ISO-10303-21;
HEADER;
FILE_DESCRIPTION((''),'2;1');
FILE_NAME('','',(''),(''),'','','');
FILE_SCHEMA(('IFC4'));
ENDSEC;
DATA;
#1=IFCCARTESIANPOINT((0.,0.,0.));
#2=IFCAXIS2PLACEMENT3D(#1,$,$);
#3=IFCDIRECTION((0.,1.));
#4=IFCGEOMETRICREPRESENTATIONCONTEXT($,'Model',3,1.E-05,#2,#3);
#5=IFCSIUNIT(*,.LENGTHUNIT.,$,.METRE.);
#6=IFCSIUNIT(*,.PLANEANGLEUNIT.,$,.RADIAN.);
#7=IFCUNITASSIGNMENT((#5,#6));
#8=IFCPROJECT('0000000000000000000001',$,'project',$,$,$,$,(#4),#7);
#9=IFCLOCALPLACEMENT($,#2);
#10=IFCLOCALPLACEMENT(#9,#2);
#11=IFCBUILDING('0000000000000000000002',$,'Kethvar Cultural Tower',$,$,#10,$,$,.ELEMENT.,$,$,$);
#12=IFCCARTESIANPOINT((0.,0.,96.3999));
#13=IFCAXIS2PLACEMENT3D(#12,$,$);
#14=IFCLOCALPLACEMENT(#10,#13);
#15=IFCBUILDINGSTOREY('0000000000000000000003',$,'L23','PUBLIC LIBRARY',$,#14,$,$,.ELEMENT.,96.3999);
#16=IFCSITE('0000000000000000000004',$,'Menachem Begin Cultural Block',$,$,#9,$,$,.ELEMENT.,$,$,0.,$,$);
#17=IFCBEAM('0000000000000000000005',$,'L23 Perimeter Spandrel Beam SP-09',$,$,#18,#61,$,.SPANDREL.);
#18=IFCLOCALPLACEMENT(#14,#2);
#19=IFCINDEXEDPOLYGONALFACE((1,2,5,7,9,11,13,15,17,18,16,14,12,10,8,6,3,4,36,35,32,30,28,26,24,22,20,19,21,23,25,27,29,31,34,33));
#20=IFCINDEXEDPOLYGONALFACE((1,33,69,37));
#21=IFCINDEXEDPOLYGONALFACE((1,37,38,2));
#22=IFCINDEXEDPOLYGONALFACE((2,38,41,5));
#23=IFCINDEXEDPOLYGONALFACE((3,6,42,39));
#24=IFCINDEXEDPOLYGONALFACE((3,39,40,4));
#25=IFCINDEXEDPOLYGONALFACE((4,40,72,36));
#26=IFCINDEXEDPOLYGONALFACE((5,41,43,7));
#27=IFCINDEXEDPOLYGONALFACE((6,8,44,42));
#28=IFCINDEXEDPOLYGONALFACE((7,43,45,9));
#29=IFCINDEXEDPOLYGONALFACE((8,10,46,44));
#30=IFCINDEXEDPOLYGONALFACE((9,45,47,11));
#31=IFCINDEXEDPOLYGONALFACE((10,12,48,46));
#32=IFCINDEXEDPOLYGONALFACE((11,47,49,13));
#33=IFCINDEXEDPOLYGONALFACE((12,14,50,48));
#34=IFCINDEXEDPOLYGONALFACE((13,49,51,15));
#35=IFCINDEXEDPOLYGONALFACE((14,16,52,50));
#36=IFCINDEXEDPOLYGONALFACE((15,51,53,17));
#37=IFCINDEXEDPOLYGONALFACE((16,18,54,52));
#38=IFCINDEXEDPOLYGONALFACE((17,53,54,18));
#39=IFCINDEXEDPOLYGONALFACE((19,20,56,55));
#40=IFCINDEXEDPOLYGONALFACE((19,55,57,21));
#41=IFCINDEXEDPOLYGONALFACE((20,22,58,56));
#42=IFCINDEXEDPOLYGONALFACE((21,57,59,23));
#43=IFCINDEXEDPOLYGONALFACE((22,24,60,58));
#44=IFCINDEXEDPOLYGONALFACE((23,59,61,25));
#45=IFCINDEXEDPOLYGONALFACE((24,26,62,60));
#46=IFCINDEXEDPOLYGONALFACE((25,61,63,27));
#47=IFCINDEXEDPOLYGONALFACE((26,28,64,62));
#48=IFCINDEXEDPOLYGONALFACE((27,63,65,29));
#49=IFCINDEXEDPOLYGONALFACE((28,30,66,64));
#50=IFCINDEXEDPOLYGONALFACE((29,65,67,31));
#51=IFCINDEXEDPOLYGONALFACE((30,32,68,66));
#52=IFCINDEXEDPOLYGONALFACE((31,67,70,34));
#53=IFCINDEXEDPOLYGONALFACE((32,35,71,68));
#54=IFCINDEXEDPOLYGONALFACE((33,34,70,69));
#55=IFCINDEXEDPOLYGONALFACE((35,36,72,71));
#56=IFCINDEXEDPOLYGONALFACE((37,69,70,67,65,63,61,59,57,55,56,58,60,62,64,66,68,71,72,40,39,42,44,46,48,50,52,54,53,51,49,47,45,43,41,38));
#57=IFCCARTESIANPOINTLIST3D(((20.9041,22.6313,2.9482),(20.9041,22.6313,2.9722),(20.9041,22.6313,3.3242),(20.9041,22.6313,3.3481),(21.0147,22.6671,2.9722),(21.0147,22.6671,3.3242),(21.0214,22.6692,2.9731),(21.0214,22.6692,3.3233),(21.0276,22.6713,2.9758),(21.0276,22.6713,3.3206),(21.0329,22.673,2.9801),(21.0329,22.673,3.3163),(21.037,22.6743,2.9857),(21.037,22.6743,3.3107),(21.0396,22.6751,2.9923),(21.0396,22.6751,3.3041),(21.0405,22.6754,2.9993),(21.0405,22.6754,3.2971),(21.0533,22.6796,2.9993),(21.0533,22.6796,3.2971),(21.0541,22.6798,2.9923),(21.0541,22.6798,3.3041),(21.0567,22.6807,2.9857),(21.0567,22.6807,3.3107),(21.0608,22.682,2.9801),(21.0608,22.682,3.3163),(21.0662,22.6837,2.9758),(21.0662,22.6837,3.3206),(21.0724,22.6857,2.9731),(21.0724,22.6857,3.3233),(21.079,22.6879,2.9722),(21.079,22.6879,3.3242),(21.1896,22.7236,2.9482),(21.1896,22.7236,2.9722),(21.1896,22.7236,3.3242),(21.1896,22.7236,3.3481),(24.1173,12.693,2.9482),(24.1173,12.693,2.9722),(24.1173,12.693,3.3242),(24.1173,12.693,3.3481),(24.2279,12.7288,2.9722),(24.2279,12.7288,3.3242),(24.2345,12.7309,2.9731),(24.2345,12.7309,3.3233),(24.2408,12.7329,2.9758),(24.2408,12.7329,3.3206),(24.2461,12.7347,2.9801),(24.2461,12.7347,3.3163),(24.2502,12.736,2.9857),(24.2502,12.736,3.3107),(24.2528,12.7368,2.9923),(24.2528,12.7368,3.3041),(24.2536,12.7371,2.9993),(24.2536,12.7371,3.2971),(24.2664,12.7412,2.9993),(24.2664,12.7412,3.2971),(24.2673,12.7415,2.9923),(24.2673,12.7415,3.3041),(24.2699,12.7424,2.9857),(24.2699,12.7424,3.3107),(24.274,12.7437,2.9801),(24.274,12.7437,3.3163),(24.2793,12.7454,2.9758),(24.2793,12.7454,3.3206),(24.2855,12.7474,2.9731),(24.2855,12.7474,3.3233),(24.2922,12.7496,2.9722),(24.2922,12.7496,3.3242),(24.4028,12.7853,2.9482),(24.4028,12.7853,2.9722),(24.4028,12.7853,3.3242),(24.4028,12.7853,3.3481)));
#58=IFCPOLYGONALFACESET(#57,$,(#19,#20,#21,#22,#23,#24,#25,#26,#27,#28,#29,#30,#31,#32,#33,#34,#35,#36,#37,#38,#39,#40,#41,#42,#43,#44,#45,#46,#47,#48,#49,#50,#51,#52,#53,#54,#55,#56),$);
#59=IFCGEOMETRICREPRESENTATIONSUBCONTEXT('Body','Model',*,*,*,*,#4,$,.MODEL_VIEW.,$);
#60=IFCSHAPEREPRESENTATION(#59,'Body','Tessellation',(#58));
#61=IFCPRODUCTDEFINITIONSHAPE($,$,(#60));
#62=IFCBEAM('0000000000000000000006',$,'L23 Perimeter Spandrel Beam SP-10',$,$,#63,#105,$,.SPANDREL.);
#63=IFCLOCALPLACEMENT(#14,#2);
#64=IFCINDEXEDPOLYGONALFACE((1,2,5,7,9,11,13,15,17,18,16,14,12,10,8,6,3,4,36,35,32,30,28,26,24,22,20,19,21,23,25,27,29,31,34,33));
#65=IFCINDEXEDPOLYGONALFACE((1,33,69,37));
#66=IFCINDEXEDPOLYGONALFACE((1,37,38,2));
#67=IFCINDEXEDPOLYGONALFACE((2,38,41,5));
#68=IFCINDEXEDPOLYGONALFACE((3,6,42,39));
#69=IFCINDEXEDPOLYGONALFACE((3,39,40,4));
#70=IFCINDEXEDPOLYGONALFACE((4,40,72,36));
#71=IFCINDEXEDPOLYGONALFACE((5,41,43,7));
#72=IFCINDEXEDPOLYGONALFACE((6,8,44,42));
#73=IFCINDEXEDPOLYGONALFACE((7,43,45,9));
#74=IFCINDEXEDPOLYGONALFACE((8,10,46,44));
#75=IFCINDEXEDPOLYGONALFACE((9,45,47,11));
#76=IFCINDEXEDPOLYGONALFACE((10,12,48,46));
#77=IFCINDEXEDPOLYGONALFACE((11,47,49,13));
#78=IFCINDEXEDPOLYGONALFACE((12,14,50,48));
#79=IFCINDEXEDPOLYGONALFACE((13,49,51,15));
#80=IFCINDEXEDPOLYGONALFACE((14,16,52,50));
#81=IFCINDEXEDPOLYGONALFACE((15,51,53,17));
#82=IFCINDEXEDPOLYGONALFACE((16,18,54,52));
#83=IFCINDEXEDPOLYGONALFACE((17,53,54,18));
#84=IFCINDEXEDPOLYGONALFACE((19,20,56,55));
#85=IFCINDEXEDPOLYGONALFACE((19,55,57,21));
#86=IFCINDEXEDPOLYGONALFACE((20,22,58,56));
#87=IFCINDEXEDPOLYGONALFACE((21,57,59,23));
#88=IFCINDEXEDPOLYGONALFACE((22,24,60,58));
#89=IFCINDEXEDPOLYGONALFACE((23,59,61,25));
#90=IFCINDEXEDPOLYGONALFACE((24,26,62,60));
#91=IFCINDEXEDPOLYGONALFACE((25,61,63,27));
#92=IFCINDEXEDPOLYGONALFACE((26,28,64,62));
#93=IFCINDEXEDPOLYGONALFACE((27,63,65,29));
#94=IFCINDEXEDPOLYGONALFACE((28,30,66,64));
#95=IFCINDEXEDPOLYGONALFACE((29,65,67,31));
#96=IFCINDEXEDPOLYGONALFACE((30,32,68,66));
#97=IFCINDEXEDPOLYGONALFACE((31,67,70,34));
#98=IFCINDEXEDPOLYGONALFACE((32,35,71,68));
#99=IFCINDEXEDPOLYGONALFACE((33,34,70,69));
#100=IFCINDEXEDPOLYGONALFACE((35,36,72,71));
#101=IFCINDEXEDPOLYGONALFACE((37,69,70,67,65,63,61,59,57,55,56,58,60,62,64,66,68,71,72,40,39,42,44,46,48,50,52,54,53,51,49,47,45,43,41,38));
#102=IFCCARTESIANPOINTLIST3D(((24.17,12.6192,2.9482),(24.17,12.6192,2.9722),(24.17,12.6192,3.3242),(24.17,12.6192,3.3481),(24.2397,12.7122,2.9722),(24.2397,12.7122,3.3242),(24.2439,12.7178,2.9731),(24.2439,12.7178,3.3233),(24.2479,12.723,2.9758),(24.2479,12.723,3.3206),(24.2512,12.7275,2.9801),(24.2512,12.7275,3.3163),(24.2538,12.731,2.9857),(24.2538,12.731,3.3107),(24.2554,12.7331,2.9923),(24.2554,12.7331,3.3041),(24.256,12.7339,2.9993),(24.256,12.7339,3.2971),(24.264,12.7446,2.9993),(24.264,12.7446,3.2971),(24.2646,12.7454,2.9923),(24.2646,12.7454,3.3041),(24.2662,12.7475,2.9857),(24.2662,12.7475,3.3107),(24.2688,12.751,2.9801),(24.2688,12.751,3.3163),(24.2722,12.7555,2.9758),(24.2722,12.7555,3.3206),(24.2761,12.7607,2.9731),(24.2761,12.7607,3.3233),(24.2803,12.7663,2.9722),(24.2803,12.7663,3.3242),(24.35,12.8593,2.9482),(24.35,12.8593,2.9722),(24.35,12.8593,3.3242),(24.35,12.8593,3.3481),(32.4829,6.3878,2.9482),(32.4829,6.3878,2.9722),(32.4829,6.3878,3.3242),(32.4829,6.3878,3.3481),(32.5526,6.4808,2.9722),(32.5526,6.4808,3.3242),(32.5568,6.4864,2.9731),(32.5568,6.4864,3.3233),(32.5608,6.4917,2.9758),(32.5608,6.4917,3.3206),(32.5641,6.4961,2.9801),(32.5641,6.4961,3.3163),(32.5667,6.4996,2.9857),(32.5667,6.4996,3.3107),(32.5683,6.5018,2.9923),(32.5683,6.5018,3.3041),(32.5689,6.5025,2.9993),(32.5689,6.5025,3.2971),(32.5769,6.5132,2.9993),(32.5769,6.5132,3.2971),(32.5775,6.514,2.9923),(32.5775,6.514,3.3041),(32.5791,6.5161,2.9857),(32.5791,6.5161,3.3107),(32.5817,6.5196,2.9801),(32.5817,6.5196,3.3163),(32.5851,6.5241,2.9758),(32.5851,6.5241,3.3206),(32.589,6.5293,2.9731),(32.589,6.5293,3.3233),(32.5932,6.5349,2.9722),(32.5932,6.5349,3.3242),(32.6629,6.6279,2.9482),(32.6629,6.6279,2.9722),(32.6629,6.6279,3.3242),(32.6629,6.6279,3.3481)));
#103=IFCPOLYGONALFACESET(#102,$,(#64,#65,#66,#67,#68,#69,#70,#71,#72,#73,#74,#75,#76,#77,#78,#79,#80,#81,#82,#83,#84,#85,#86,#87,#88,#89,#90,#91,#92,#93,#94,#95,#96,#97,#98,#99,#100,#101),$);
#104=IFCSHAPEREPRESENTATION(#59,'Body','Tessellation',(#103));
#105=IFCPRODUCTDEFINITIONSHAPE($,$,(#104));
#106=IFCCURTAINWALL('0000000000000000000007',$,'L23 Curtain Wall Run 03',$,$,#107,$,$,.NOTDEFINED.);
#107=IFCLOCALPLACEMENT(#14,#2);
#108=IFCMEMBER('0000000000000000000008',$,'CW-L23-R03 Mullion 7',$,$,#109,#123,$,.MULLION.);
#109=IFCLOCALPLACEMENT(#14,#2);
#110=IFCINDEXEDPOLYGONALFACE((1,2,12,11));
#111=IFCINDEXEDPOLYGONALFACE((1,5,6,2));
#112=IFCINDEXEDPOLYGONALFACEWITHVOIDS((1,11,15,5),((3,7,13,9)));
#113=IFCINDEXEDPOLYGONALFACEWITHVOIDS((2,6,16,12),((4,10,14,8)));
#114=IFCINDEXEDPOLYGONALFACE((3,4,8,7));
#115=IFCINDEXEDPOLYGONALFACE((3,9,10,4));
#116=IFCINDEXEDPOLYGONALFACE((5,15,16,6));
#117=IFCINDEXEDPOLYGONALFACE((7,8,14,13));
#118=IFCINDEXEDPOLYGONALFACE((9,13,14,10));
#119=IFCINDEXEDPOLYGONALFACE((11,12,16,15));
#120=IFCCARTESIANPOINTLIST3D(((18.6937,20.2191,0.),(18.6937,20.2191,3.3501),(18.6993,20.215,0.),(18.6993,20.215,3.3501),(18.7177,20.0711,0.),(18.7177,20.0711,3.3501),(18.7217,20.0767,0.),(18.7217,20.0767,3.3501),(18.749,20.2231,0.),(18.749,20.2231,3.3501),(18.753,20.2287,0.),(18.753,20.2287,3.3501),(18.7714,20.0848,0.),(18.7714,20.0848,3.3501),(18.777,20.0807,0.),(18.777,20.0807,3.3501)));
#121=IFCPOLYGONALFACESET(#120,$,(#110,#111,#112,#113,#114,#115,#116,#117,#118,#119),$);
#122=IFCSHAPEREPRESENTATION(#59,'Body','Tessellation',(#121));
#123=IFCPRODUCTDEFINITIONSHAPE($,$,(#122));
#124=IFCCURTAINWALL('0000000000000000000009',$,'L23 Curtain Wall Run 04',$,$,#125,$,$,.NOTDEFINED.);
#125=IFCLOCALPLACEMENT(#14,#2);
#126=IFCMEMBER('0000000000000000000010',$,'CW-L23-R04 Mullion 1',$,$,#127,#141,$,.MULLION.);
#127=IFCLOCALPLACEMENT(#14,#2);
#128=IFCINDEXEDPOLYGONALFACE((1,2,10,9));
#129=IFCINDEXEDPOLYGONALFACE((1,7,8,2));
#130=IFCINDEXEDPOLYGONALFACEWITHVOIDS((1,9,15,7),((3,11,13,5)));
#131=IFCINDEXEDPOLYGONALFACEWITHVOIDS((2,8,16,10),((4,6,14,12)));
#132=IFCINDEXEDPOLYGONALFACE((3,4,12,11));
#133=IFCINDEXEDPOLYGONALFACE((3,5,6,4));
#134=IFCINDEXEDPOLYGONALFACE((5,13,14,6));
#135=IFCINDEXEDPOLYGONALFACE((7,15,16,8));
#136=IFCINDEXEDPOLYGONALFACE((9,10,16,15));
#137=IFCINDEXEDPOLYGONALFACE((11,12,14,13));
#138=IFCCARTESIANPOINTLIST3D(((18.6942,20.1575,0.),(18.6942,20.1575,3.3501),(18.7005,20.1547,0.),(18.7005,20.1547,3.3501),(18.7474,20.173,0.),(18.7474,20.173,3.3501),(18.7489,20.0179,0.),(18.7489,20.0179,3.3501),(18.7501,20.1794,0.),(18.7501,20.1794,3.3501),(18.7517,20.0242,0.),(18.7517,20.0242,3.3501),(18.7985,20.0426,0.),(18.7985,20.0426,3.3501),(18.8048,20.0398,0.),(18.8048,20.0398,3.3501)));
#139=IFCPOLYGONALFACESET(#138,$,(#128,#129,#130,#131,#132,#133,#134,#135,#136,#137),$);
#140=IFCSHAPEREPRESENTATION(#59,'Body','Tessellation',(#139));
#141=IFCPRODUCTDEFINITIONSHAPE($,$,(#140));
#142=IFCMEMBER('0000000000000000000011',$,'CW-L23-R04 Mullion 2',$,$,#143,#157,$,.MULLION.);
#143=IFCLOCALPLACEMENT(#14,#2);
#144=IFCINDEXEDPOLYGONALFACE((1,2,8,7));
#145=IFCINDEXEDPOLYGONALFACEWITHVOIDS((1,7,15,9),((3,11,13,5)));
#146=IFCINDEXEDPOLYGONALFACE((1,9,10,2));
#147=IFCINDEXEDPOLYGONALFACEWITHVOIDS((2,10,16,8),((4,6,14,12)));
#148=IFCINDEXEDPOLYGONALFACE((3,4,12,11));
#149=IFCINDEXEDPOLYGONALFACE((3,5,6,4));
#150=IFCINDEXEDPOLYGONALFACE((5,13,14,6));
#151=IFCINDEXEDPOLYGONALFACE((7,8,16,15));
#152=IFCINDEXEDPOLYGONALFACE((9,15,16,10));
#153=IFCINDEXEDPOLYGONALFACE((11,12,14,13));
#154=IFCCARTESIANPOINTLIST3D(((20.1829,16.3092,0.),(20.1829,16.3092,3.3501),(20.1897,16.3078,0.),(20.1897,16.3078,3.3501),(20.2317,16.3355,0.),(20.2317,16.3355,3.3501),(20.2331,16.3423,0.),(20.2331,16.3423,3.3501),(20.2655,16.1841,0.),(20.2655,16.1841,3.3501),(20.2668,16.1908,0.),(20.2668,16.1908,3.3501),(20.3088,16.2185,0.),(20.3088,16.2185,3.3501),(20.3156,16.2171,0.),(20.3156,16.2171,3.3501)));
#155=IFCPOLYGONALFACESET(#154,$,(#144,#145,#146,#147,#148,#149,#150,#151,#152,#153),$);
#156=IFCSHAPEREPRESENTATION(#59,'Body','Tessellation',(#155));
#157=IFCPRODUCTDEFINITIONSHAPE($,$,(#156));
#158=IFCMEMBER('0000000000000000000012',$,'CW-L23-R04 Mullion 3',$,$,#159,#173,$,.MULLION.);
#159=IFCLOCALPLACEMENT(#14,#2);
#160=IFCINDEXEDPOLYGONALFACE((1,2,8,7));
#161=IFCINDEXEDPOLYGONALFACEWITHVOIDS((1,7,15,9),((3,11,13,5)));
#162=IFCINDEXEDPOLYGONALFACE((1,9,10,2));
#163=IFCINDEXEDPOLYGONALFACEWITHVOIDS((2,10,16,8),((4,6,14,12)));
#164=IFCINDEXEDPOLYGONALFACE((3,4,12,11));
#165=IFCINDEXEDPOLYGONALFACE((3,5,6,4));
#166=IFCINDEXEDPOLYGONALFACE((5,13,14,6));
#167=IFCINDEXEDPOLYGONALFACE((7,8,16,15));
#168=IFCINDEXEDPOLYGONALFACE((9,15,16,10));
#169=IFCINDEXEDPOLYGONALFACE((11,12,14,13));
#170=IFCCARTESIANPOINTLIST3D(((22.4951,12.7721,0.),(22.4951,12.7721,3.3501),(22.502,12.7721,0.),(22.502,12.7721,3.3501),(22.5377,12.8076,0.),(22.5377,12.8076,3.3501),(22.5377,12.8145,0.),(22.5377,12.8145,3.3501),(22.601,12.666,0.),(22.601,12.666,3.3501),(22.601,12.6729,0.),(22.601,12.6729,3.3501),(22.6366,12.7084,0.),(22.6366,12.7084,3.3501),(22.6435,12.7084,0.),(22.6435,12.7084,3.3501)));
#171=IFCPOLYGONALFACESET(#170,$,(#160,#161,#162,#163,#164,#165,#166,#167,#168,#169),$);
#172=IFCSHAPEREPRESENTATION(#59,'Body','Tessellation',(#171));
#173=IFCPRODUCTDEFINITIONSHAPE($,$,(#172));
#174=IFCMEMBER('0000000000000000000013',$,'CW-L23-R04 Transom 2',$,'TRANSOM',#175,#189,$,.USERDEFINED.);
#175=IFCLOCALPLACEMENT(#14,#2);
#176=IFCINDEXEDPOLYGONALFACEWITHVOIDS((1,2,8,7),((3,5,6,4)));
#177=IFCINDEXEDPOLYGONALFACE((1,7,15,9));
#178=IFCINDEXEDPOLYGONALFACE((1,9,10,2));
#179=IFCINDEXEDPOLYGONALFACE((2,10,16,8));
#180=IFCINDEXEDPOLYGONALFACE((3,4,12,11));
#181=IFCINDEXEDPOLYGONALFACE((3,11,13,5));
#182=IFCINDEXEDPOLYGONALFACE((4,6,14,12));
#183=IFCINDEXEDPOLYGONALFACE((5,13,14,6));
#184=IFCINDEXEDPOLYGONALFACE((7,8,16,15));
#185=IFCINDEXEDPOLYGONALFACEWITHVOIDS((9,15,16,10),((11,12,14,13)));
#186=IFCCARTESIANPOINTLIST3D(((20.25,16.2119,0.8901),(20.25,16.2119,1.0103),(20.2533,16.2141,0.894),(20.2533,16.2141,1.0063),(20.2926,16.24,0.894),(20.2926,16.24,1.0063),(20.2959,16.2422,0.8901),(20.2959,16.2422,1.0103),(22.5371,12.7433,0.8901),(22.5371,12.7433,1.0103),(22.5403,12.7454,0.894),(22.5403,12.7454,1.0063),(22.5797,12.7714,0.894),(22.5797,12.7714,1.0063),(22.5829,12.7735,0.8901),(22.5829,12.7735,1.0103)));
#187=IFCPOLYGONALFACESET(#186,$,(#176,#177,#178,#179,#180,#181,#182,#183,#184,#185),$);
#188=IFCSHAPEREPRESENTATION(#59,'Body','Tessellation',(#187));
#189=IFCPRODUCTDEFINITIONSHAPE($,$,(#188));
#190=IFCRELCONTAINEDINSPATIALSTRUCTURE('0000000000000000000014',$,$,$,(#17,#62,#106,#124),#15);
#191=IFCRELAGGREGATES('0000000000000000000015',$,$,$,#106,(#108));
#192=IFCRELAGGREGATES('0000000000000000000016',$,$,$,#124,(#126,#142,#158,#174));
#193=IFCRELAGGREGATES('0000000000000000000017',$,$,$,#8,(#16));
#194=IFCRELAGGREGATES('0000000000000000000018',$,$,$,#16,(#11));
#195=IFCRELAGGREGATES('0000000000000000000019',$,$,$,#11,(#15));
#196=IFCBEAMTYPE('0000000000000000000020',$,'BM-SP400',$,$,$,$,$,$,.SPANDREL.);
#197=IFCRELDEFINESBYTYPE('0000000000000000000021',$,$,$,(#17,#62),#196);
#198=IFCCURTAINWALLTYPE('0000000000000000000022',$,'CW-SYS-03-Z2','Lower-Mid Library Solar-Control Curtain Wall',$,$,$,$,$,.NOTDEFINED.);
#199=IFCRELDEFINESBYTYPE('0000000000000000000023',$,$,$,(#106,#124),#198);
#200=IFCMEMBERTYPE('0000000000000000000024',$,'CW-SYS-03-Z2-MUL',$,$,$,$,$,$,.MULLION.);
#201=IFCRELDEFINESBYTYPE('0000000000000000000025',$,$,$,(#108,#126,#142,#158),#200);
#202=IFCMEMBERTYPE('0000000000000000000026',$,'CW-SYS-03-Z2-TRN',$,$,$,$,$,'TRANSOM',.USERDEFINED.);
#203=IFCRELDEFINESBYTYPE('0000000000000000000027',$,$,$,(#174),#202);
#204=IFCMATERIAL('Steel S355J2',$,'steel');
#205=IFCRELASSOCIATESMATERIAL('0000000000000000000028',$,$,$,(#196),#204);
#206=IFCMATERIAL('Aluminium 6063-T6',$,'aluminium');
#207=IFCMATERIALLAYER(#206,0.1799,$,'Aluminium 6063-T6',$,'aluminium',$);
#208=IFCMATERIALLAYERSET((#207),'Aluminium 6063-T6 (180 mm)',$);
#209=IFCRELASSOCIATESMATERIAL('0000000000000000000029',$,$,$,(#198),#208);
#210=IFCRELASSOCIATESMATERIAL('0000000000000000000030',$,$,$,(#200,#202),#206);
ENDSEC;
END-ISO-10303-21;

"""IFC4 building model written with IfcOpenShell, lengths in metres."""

from ifc_helpers import new_model, si_unit, direction, frame, origin, origin_2d, place, context, subcontext, project, spatial, hollow_rectangle, i_section, extrude, source, transform, mapped, material, layer, layer_set, material_profile, profile_set, type_object, element, aggregate, save


model = new_model("IFC4")

# Units and contexts
model_context = context("Model", 3, precision=1e-05, world=origin(), true_north=direction((0.0, 1.0)))
body_context = subcontext(model_context, "Body", "Model", "MODEL_VIEW")
ifc_project = project(units=[si_unit("LENGTHUNIT", "METRE"), si_unit("PLANEANGLEUNIT", "RADIAN")], contexts=[model_context])

# Site, building, storey
site_placement = place(None, origin())
site = spatial("IfcSite", under=ifc_project, at=site_placement, Name="Menachem Begin Cultural Block", CompositionType="ELEMENT", RefElevation=0.0)
building_placement = place(site_placement, origin())
building = spatial("IfcBuilding", under=site, at=building_placement, Name="Kethvar Cultural Tower", CompositionType="ELEMENT")
storey_placement = place(building_placement, frame((0.0, 0.0, 96.3999)))
storey = spatial("IfcBuildingStorey", under=building, at=storey_placement, Name="L23", Description="PUBLIC LIBRARY", CompositionType="ELEMENT", Elevation=96.3999)

# Beams
ifc_material_1 = material(Name="Steel S355J2", Category="steel")
ifc_material_profile_1 = material_profile(ifc_material_1, i_section(OverallWidth=0.3, OverallDepth=0.3999, WebThickness=0.0134, FlangeThickness=0.0239, FilletRadius=0.0271, at=origin_2d()), Name="Steel S355J2 — HEB400")
ifc_profile_set_1 = profile_set([ifc_material_profile_1], Name="Steel S355J2 — HEB400")
beam_type_1 = type_object("IfcBeamType", Name="BM-SP400", PredefinedType="SPANDREL", material=ifc_profile_set_1)
shared_shape_1 = source(origin(), body_context, "Body", "SweptSolid", [
    extrude(i_section(OverallWidth=0.3, OverallDepth=0.3999, WebThickness=0.0134, FlangeThickness=0.0239, FilletRadius=0.0271, at=origin_2d()), origin(), (0.0, 0.0, 1.0), 10.4448),
])
beam_1_placement = place(storey_placement, frame((21.0469, 22.6775, 3.1482), z_axis=(0.307632, -0.951506, 0.0), x_axis=(0.951506, 0.307632, 0.0)))
element("IfcBeam", 1, at=beam_1_placement, inside=storey, type_object=beam_type_1, Name="L23 Perimeter Spandrel Beam SP-09", PredefinedType="SPANDREL", context=body_context, shape_type="MappedRepresentation", body=[
    mapped(shared_shape_1, transform((0.0, 0.0, 0.0), scale=1.0)),
])
shared_shape_2 = source(origin(), body_context, "Body", "SweptSolid", [
    extrude(i_section(OverallWidth=0.3, OverallDepth=0.3999, WebThickness=0.0134, FlangeThickness=0.0239, FilletRadius=0.0271, at=origin_2d()), origin(), (0.0, 0.0, 1.0), 10.3892),
])
beam_2_placement = place(storey_placement, frame((24.26, 12.7393, 3.1482), z_axis=(0.800152, -0.599797, 0.0), x_axis=(0.599797, 0.800152, 0.0)))
element("IfcBeam", 2, at=beam_2_placement, inside=storey, type_object=beam_type_1, Name="L23 Perimeter Spandrel Beam SP-10", PredefinedType="SPANDREL", context=body_context, shape_type="MappedRepresentation", body=[
    mapped(shared_shape_2, transform((0.0, 0.0, 0.0), scale=1.0)),
])

# Curtain wall, member
ifc_material_2 = material(Name="Aluminium 6063-T6", Category="aluminium")
ifc_layer_1 = layer(ifc_material_2, 0.1799, Name="Aluminium 6063-T6", Category="aluminium")
ifc_layer_set_1 = layer_set([ifc_layer_1], Name="Aluminium 6063-T6 (180 mm)")
curtain_wall_type = type_object("IfcCurtainWallType", Name="CW-SYS-03-Z2", Description="Lower-Mid Library Solar-Control Curtain Wall", PredefinedType="NOTDEFINED", material=ifc_layer_set_1)
curtain_wall_1_placement = place(storey_placement, origin())
curtain_wall_1 = element("IfcCurtainWall", 3, at=curtain_wall_1_placement, inside=storey, type_object=curtain_wall_type, Name="L23 Curtain Wall Run 03", PredefinedType="NOTDEFINED")
ifc_material_profile_2 = material_profile(ifc_material_2, hollow_rectangle(XDim=0.0601, YDim=0.1499, WallThickness=0.0049, at=origin_2d()), Name="Aluminium 6063-T6 — RHS150x60x5")
ifc_profile_set_2 = profile_set([ifc_material_profile_2], Name="Aluminium 6063-T6 — RHS150x60x5")
member_type_1 = type_object("IfcMemberType", Name="CW-SYS-03-Z2-MUL", PredefinedType="MULLION", material=ifc_profile_set_2)
shared_shape_3 = source(origin(), body_context, "Body", "SweptSolid", [
    extrude(hollow_rectangle(XDim=0.0601, YDim=0.1499, WallThickness=0.0049, at=origin_2d()), origin(), (0.0, 0.0, 1.0), 3.3501),
])
member_1_placement = place(storey_placement, frame((18.7354, 20.1499, 0.0), z_axis=(0.0, 0.0, 1.0), x_axis=(0.987111, 0.160036, 0.0)))
member_1 = element("IfcMember", 4, at=member_1_placement, type_object=member_type_1, Name="CW-L23-R03 Mullion 7", PredefinedType="MULLION", context=body_context, shape_type="MappedRepresentation", body=[
    mapped(shared_shape_3, transform((0.0, 0.0, 0.0), scale=1.0)),
])

# Curtain wall, members
curtain_wall_2_placement = place(storey_placement, origin())
curtain_wall_2 = element("IfcCurtainWall", 5, at=curtain_wall_2_placement, inside=storey, type_object=curtain_wall_type, Name="L23 Curtain Wall Run 04", PredefinedType="NOTDEFINED")
member_2_placement = place(storey_placement, frame((18.7495, 20.0986, 0.0), z_axis=(0.0, 0.0, 1.0), x_axis=(0.931107, 0.364747, 0.0)))
member_2 = element("IfcMember", 6, at=member_2_placement, type_object=member_type_1, Name="CW-L23-R04 Mullion 1", PredefinedType="MULLION", context=body_context, shape_type="MappedRepresentation", body=[
    mapped(shared_shape_3, transform((0.0, 0.0, 0.0), scale=1.0)),
])
member_3_placement = place(storey_placement, frame((20.2493, 16.2632, 0.0), z_axis=(0.0, 0.0, 1.0), x_axis=(0.834848, 0.550481, 0.0)))
member_3 = element("IfcMember", 7, at=member_3_placement, type_object=member_type_1, Name="CW-L23-R04 Mullion 2", PredefinedType="MULLION", context=body_context, shape_type="MappedRepresentation", body=[
    mapped(shared_shape_3, transform((0.0, 0.0, 0.0), scale=1.0)),
])
member_4_placement = place(storey_placement, frame((22.5693, 12.7402, 0.0), z_axis=(0.0, 0.0, 1.0), x_axis=(0.707945, 0.706267, 0.0)))
member_4 = element("IfcMember", 8, at=member_4_placement, type_object=member_type_1, Name="CW-L23-R04 Mullion 3", PredefinedType="MULLION", context=body_context, shape_type="MappedRepresentation", body=[
    mapped(shared_shape_3, transform((0.0, 0.0, 0.0), scale=1.0)),
])
ifc_material_profile_3 = material_profile(ifc_material_2, hollow_rectangle(XDim=0.0549, YDim=0.1201, WallThickness=0.0039, at=origin_2d()), Name="Aluminium 6063-T6 — RHS120x55x4")
ifc_profile_set_3 = profile_set([ifc_material_profile_3], Name="Aluminium 6063-T6 — RHS120x55x4")
member_type_2 = type_object("IfcMemberType", Name="CW-SYS-03-Z2-TRN", ElementType="TRANSOM", PredefinedType="USERDEFINED", material=ifc_profile_set_3)
shared_shape_4 = source(origin(), body_context, "Body", "SweptSolid", [
    extrude(hollow_rectangle(XDim=0.0549, YDim=0.1201, WallThickness=0.0039, at=origin_2d()), origin(), (0.0, 0.0, 1.0), 4.1548),
])
member_5_placement = place(storey_placement, frame((20.2729, 16.2271, 0.9502), z_axis=(0.550462, -0.83486, 0.0), x_axis=(0.83486, 0.550462, 0.0)))
member_5 = element("IfcMember", 9, at=member_5_placement, type_object=member_type_2, Name="CW-L23-R04 Transom 2", ObjectType="TRANSOM", PredefinedType="USERDEFINED", context=body_context, shape_type="MappedRepresentation", body=[
    mapped(shared_shape_4, transform((0.0, 0.0, 0.0), scale=1.0)),
])

aggregate(curtain_wall_1, [member_1])
aggregate(curtain_wall_2, [member_2, member_3, member_4, member_5])

save(model, "model.ifc")
